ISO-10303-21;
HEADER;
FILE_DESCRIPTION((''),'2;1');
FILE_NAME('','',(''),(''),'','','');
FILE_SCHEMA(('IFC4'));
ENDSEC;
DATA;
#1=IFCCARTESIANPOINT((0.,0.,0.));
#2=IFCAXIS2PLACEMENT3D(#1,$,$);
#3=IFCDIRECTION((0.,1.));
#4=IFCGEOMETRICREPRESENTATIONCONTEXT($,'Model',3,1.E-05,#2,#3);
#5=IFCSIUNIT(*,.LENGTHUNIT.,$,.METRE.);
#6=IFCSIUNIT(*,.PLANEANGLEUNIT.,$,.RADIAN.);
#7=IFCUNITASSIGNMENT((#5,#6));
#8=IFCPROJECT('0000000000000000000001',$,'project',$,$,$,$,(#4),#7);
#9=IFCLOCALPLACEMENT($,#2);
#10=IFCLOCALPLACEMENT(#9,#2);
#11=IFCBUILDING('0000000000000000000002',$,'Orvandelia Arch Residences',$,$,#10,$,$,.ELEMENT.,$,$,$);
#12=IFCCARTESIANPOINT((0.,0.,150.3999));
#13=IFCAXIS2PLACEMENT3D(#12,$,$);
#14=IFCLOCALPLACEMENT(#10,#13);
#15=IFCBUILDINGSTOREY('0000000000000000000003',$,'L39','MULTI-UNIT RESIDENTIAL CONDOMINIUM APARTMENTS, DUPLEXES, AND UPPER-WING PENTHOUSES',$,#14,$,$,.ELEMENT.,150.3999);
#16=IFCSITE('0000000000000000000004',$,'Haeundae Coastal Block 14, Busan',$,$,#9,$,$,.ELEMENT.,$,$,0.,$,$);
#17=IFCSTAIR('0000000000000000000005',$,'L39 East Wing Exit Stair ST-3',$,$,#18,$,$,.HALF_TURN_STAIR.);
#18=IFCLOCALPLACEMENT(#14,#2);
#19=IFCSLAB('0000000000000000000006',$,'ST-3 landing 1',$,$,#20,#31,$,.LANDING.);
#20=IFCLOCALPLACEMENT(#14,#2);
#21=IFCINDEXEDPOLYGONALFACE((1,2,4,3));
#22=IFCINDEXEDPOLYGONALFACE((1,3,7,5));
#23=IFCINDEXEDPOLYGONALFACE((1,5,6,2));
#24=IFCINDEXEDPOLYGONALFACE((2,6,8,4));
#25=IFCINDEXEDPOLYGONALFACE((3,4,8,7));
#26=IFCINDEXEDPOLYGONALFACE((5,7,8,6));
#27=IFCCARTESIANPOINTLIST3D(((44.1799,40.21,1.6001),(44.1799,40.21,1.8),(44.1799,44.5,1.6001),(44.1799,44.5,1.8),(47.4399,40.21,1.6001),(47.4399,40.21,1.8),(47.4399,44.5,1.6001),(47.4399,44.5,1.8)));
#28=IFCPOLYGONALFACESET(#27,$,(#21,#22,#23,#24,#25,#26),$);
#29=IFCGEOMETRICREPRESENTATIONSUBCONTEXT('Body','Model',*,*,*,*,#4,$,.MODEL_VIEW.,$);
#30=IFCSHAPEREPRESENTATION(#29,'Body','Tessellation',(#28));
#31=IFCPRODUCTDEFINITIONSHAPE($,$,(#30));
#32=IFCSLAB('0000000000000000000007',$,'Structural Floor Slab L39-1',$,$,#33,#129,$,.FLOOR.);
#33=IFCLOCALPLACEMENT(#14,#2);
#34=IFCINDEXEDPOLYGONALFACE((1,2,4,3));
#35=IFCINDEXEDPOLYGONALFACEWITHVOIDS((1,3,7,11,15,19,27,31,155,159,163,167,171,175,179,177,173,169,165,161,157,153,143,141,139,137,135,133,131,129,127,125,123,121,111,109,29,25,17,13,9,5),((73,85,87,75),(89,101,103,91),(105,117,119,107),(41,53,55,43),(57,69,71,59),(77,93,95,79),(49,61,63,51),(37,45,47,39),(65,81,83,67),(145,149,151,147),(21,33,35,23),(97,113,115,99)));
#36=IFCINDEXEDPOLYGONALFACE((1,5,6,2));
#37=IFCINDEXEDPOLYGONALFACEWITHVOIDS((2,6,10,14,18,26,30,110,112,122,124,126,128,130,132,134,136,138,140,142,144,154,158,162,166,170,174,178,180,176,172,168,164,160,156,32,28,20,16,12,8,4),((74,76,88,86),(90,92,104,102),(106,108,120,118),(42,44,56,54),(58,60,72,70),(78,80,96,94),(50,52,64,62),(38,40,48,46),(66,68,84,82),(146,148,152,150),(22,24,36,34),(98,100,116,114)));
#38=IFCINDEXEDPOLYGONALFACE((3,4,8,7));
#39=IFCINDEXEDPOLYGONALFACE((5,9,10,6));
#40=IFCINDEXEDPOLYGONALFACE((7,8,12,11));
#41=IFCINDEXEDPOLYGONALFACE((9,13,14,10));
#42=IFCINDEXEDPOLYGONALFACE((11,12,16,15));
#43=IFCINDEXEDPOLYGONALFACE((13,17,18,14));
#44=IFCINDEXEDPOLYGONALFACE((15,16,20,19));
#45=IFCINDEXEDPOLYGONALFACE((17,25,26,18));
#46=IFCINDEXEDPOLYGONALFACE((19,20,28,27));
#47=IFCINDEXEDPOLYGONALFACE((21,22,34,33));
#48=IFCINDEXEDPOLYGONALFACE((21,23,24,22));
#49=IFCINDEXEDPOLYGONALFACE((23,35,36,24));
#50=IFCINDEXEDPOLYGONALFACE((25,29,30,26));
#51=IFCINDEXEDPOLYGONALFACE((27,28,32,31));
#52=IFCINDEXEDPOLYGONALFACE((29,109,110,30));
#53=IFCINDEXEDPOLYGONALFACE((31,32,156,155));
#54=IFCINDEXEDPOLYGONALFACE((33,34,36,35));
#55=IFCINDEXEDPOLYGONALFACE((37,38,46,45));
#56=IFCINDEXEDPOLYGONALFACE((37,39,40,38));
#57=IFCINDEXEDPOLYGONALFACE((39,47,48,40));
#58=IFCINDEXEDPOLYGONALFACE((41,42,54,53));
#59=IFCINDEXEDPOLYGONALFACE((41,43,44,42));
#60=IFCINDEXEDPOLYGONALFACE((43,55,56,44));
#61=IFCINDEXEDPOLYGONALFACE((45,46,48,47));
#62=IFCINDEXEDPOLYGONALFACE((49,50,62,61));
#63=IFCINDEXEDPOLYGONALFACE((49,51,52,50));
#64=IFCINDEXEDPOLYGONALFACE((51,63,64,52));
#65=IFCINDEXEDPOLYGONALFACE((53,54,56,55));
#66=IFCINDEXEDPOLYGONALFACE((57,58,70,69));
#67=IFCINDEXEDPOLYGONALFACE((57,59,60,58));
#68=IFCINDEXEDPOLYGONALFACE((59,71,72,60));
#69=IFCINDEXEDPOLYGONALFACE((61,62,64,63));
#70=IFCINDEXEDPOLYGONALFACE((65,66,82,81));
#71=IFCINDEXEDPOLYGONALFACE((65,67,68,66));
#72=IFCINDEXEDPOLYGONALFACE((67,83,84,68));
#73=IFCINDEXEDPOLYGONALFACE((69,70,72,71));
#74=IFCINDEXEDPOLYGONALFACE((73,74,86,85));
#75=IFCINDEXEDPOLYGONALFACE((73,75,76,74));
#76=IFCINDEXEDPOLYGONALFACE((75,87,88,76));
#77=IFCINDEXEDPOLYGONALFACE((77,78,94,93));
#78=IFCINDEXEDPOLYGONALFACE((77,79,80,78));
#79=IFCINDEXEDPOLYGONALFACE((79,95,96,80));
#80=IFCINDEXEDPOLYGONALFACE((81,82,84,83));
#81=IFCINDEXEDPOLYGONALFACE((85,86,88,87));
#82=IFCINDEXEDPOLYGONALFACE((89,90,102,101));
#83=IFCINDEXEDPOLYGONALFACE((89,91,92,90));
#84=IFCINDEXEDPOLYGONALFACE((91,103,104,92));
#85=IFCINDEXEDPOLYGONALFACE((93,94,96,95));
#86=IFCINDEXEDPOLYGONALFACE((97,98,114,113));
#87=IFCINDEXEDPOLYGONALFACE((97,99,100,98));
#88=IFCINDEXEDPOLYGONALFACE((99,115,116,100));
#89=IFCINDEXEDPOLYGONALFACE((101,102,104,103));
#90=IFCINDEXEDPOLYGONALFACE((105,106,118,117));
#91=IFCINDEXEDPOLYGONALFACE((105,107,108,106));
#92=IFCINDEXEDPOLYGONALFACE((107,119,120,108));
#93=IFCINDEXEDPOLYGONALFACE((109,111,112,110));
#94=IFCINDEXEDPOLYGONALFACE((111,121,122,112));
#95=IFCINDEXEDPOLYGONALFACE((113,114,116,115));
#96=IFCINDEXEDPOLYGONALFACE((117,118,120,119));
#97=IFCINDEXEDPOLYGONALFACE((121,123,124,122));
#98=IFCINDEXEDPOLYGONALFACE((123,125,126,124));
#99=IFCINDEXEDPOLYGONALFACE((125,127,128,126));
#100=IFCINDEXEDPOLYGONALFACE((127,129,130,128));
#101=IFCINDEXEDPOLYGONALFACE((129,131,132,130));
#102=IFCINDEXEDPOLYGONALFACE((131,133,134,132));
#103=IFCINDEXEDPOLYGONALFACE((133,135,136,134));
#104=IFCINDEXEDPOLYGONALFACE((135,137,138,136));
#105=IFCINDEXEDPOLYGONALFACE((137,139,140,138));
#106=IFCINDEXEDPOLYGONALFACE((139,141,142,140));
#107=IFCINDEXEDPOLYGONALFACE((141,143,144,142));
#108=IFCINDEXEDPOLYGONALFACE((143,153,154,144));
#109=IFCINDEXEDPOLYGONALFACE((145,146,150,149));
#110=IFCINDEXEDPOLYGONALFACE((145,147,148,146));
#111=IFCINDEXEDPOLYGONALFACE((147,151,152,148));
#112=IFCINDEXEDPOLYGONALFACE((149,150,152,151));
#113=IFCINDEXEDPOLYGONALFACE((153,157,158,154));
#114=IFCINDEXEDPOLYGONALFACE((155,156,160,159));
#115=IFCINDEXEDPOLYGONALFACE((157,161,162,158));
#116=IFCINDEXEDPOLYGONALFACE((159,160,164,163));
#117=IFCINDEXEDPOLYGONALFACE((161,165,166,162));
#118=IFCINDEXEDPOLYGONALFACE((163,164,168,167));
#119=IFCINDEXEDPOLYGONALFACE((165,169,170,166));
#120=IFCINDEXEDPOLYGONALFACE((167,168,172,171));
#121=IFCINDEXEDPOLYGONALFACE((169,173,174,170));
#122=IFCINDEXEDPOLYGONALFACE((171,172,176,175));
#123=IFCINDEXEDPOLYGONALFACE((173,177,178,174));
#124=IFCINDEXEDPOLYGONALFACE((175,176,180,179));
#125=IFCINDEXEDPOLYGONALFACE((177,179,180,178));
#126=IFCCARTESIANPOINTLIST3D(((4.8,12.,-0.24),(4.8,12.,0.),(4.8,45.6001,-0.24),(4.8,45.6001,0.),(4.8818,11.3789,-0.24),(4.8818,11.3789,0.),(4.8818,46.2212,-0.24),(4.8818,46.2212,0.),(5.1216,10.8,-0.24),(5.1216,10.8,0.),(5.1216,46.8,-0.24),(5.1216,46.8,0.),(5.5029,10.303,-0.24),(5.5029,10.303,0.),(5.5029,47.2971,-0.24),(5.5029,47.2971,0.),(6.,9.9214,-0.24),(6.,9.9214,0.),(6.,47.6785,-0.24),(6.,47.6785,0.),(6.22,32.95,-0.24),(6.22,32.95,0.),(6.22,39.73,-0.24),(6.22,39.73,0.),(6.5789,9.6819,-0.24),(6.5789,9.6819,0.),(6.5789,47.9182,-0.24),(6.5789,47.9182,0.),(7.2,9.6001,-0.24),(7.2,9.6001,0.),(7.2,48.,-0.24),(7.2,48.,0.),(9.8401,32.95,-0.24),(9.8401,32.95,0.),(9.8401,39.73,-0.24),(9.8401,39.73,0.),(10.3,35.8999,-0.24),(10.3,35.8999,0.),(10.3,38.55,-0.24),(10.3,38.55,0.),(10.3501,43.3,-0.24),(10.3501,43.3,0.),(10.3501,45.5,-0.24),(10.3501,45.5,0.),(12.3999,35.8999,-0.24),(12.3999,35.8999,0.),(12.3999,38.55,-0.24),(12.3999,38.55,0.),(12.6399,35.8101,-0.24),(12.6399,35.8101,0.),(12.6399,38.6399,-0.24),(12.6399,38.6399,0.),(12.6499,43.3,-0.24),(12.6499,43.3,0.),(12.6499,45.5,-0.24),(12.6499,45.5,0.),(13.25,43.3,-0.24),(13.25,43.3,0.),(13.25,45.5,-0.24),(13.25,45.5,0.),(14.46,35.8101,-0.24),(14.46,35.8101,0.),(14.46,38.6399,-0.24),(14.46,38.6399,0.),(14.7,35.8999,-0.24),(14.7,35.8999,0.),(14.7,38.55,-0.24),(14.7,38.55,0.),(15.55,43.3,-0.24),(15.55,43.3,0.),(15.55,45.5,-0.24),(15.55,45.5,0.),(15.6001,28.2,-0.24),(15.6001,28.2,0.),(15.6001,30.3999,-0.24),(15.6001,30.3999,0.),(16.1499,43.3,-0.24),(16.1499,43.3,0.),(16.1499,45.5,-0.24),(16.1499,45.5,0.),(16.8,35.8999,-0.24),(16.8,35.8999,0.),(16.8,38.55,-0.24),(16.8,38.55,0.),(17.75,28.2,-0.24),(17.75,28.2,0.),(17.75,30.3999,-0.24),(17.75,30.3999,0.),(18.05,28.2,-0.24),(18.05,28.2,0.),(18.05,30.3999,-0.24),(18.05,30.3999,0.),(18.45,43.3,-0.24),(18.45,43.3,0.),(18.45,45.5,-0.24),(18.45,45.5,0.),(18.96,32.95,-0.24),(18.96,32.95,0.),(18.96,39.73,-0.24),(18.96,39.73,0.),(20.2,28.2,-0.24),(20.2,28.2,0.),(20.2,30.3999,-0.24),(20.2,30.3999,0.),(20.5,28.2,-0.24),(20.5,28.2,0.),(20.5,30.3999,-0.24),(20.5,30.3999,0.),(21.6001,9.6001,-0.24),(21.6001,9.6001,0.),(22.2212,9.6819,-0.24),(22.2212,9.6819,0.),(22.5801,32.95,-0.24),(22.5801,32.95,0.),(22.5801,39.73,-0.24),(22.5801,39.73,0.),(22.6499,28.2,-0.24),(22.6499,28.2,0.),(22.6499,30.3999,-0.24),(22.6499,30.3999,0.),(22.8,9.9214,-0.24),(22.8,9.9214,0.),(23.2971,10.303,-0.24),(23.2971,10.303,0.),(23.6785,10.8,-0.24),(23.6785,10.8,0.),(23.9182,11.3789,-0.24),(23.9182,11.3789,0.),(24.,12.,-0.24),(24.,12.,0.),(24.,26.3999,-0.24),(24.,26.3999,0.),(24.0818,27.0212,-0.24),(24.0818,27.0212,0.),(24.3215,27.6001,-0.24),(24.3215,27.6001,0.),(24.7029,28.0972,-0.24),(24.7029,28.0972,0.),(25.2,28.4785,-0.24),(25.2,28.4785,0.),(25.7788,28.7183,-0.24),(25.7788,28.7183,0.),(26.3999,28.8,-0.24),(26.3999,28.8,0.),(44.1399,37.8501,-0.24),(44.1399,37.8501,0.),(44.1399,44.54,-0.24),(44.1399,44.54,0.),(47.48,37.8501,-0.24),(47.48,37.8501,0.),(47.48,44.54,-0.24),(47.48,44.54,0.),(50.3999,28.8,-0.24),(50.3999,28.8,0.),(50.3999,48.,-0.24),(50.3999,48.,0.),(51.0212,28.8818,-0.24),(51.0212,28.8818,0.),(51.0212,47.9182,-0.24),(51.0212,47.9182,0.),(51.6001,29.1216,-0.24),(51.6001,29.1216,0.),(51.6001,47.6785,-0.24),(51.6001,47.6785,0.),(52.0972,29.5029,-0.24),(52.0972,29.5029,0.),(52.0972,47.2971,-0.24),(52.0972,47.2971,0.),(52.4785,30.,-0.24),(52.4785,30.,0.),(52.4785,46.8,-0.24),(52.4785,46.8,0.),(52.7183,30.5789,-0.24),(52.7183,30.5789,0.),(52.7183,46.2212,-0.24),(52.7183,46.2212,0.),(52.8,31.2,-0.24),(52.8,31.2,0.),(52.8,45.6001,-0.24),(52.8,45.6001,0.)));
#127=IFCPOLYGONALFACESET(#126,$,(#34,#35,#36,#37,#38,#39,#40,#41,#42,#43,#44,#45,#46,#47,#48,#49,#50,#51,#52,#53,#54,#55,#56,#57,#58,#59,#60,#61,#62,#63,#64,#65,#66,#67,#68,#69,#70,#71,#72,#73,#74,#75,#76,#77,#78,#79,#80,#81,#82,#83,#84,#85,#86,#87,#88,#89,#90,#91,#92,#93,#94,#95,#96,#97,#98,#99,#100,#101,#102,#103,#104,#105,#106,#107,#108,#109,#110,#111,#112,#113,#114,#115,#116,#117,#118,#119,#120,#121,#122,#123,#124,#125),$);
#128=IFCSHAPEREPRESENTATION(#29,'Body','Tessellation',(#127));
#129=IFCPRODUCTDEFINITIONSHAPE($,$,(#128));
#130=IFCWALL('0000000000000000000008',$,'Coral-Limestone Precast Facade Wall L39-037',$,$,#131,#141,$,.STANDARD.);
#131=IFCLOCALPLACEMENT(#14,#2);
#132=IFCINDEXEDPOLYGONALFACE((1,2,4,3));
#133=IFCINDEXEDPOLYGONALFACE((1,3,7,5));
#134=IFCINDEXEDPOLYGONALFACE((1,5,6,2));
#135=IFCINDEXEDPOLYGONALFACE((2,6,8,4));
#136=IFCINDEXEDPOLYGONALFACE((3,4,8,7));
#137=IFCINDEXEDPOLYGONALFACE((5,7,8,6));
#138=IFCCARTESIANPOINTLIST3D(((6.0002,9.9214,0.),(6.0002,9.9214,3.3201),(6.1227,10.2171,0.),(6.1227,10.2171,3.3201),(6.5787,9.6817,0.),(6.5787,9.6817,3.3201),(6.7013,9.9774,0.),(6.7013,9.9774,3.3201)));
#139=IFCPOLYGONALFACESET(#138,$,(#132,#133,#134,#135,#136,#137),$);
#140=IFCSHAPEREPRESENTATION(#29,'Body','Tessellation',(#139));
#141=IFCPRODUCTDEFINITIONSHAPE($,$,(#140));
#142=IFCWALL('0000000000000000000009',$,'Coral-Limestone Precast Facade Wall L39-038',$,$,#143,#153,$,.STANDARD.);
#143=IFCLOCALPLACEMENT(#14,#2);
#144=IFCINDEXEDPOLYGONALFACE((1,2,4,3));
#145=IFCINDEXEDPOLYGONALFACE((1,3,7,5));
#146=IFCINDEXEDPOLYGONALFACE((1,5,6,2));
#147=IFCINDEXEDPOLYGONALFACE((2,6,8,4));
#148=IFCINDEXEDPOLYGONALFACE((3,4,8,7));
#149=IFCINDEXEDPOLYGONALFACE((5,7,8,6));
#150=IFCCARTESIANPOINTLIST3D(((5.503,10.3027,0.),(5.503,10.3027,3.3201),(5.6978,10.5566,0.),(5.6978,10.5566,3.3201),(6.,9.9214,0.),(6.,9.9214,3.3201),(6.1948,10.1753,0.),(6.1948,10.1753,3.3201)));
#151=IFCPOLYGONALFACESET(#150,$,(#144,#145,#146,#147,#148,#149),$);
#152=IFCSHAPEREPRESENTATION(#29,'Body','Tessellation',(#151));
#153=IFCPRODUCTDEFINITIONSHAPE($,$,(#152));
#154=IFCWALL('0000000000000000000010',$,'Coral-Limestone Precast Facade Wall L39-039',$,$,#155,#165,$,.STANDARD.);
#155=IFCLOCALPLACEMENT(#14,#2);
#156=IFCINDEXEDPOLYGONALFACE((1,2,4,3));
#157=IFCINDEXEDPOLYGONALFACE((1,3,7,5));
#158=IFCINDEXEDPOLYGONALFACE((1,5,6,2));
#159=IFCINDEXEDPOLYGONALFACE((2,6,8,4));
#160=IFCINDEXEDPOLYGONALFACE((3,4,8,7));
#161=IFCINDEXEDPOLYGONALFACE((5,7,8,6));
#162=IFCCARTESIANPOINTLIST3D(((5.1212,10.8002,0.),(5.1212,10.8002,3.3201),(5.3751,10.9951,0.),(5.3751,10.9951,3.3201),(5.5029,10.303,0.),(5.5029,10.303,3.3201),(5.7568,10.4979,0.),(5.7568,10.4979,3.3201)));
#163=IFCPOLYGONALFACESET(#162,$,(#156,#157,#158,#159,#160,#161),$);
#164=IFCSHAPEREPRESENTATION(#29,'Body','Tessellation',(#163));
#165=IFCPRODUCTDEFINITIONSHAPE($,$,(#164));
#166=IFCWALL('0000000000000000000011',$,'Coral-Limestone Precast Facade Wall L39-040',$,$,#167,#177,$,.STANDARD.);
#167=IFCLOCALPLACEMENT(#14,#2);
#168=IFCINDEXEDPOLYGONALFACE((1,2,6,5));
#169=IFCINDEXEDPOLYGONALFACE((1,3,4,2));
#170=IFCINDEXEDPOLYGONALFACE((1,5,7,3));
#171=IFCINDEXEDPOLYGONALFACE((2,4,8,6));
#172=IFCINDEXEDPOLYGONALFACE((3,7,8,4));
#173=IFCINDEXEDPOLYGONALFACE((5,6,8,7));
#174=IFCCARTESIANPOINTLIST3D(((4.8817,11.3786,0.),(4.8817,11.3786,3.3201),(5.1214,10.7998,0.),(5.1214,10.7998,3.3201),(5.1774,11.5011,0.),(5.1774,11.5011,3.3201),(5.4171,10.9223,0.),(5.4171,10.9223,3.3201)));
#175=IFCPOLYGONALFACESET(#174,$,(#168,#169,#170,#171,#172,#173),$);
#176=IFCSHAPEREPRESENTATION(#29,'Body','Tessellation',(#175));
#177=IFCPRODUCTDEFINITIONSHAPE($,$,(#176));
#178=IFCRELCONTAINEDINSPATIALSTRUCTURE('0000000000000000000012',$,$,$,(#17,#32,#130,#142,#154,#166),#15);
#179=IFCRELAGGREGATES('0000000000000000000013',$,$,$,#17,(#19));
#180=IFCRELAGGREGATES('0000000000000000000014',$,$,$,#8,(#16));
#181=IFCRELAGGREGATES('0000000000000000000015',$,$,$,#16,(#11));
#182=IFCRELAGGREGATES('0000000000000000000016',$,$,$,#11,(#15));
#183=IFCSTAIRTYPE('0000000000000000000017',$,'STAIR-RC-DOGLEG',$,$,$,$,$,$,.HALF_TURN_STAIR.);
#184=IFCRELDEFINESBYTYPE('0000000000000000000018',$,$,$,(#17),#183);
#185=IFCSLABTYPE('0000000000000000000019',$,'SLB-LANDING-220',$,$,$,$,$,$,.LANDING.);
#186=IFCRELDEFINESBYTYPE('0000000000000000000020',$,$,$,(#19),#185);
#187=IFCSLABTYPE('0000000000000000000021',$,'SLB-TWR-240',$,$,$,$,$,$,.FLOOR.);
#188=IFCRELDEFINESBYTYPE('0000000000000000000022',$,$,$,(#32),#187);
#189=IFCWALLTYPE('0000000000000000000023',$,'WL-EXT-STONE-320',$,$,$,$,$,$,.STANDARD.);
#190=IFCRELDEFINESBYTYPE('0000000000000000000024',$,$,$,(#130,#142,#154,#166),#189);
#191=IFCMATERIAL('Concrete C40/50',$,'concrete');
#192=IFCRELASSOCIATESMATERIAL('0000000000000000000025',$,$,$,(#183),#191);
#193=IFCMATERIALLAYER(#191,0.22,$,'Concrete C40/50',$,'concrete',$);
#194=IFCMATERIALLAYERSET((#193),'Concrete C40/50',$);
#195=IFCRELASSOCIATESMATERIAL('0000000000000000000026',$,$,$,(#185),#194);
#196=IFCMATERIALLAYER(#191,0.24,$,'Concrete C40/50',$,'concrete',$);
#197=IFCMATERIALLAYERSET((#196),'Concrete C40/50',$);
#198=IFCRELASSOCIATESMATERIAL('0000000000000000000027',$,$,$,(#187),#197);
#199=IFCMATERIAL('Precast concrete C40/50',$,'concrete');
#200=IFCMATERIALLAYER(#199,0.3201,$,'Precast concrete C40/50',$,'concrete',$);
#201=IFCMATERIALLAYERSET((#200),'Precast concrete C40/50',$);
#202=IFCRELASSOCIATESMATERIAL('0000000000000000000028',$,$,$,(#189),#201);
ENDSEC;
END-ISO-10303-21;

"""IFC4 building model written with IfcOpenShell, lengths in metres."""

from ifc_helpers import new_model, si_unit, direction, frame, frame_2d, origin, place, context, subcontext, project, spatial, polyline, rectangle, outline, extrude, material, layer, layer_set, type_object, element, aggregate, save


model = new_model("IFC4")

# Units and contexts
model_context = context("Model", 3, precision=1e-05, world=origin(), true_north=direction((0.0, 1.0)))
body_context = subcontext(model_context, "Body", "Model", "MODEL_VIEW")
ifc_project = project(units=[si_unit("LENGTHUNIT", "METRE"), si_unit("PLANEANGLEUNIT", "RADIAN")], contexts=[model_context])

# Site, building, storey
site_placement = place(None, origin())
site = spatial("IfcSite", under=ifc_project, at=site_placement, Name="Haeundae Coastal Block 14, Busan", CompositionType="ELEMENT", RefElevation=0.0)
building_placement = place(site_placement, origin())
building = spatial("IfcBuilding", under=site, at=building_placement, Name="Orvandelia Arch Residences", CompositionType="ELEMENT")
storey_placement = place(building_placement, frame((0.0, 0.0, 150.3999)))
storey = spatial("IfcBuildingStorey", under=building, at=storey_placement, Name="L39", Description="MULTI-UNIT RESIDENTIAL CONDOMINIUM APARTMENTS, DUPLEXES, AND UPPER-WING PENTHOUSES", CompositionType="ELEMENT", Elevation=150.3999)

# Shared definitions
ifc_material_1 = material(Name="Precast concrete C40/50", Category="concrete")

# Stair, slab
ifc_material_2 = material(Name="Concrete C40/50", Category="concrete")
stair_type = type_object("IfcStairType", Name="STAIR-RC-DOGLEG", PredefinedType="HALF_TURN_STAIR", material=ifc_material_2)
ifc_layer_1 = layer(ifc_material_2, 0.22, Name="Concrete C40/50", Category="concrete")
ifc_layer_set_1 = layer_set([ifc_layer_1], Name="Concrete C40/50")
slab_type_1 = type_object("IfcSlabType", Name="SLB-LANDING-220", PredefinedType="LANDING", material=ifc_layer_set_1)
stair_1_placement = place(storey_placement, origin())
stair_1 = element("IfcStair", 1, at=stair_1_placement, inside=storey, type_object=stair_type, Name="L39 East Wing Exit Stair ST-3", PredefinedType="HALF_TURN_STAIR")
slab_1_placement = place(storey_placement, frame((0.0, 0.0, 1.6001)))
slab_1 = element("IfcSlab", 2, at=slab_1_placement, type_object=slab_type_1, Name="ST-3 landing 1", PredefinedType="LANDING", context=body_context, shape_type="SweptSolid", body=[
    extrude(outline(polyline([(47.4399, 40.21), (47.4399, 44.5), (44.1799, 44.5), (44.1799, 40.21), (47.4399, 40.21)])), origin(), (0.0, 0.0, 1.0), 0.2),
])
aggregate(stair_1, [slab_1])

# Slab
ifc_layer_2 = layer(ifc_material_2, 0.24, Name="Concrete C40/50", Category="concrete")
ifc_layer_set_2 = layer_set([ifc_layer_2], Name="Concrete C40/50")
slab_type_2 = type_object("IfcSlabType", Name="SLB-TWR-240", PredefinedType="FLOOR", material=ifc_layer_set_2)
slab_2_placement = place(storey_placement, frame((0.0, 0.0, -0.24)))
element("IfcSlab", 3, at=slab_2_placement, inside=storey, type_object=slab_type_2, Name="Structural Floor Slab L39-1", PredefinedType="FLOOR", context=body_context, shape_type="SweptSolid", body=[
    extrude(outline(polyline([(4.8, 12.0), (4.8818, 11.3789), (5.1216, 10.8), (5.5029, 10.303), (6.0, 9.9214), (6.5789, 9.6819), (7.2, 9.6001), (21.6001, 9.6001), (22.2212, 9.6819), (22.8, 9.9214), (23.2971, 10.303), (23.6785, 10.8), (23.9182, 11.3789), (24.0, 12.0), (24.0, 26.3999), (24.0818, 27.0212), (24.3215, 27.6001), (24.7029, 28.0972), (25.2, 28.4785), (25.7788, 28.7183), (26.3999, 28.8), (50.3999, 28.8), (51.0212, 28.8818), (51.6001, 29.1216), (52.0972, 29.5029), (52.4785, 30.0), (52.7183, 30.5789), (52.8, 31.2), (52.8, 45.6001), (52.7183, 46.2212), (52.4785, 46.8), (52.0972, 47.2971), (51.6001, 47.6785), (51.0212, 47.9182), (50.3999, 48.0), (7.2, 48.0), (6.5789, 47.9182), (6.0, 47.6785), (5.5029, 47.2971), (5.1216, 46.8), (4.8818, 46.2212), (4.8, 45.6001), (4.8, 12.0)]), holes=[polyline([(6.22, 32.95), (9.8401, 32.95), (9.8401, 39.73), (6.22, 39.73), (6.22, 32.95)]), polyline([(18.96, 32.95), (22.5801, 32.95), (22.5801, 39.73), (18.96, 39.73), (18.96, 32.95)]), polyline([(44.1399, 37.8501), (47.48, 37.8501), (47.48, 44.54), (44.1399, 44.54), (44.1399, 37.8501)]), polyline([(12.6399, 35.8101), (14.46, 35.8101), (14.46, 38.6399), (12.6399, 38.6399), (12.6399, 35.8101)]), polyline([(10.3, 35.8999), (12.3999, 35.8999), (12.3999, 38.55), (10.3, 38.55), (10.3, 35.8999)]), polyline([(14.7, 35.8999), (16.8, 35.8999), (16.8, 38.55), (14.7, 38.55), (14.7, 35.8999)]), polyline([(10.3501, 43.3), (12.6499, 43.3), (12.6499, 45.5), (10.3501, 45.5), (10.3501, 43.3)]), polyline([(13.25, 43.3), (15.55, 43.3), (15.55, 45.5), (13.25, 45.5), (13.25, 43.3)]), polyline([(16.1499, 43.3), (18.45, 43.3), (18.45, 45.5), (16.1499, 45.5), (16.1499, 43.3)]), polyline([(15.6001, 28.2), (17.75, 28.2), (17.75, 30.3999), (15.6001, 30.3999), (15.6001, 28.2)]), polyline([(18.05, 28.2), (20.2, 28.2), (20.2, 30.3999), (18.05, 30.3999), (18.05, 28.2)]), polyline([(20.5, 28.2), (22.6499, 28.2), (22.6499, 30.3999), (20.5, 30.3999), (20.5, 28.2)])]), origin(), (0.0, 0.0, 1.0), 0.24),
])

# Walls
ifc_layer_3 = layer(ifc_material_1, 0.3201, Name="Precast concrete C40/50", Category="concrete")
ifc_layer_set_3 = layer_set([ifc_layer_3], Name="Precast concrete C40/50")
wall_type = type_object("IfcWallType", Name="WL-EXT-STONE-320", PredefinedType="STANDARD", material=ifc_layer_set_3)
wall_1_placement = place(storey_placement, frame((6.6399, 9.8296, 0.0), z_axis=(0.0, 0.0, 1.0), x_axis=(-0.923836, 0.382788, 0.0)))
element("IfcWall", 4, at=wall_1_placement, inside=storey, type_object=wall_type, Name="Coral-Limestone Precast Facade Wall L39-037", PredefinedType="STANDARD", context=body_context, shape_type="SweptSolid", body=[
    extrude(rectangle(XDim=0.6262, YDim=0.3201, at=frame_2d((0.313, 0.0))), origin(), (0.0, 0.0, 1.0), 3.3201),
])
wall_2_placement = place(storey_placement, frame((6.0974, 10.0483, 0.0), z_axis=(0.0, 0.0, 1.0), x_axis=(-0.793406, 0.608693, 0.0)))
element("IfcWall", 5, at=wall_2_placement, inside=storey, type_object=wall_type, Name="Coral-Limestone Precast Facade Wall L39-038", PredefinedType="STANDARD", context=body_context, shape_type="SweptSolid", body=[
    extrude(rectangle(XDim=0.6265, YDim=0.3201, at=frame_2d((0.3132, 0.0))), origin(), (0.0, 0.0, 1.0), 3.3201),
])
wall_3_placement = place(storey_placement, frame((5.6299, 10.4004, 0.0), z_axis=(0.0, 0.0, 1.0), x_axis=(-0.608939, 0.793217, 0.0)))
element("IfcWall", 6, at=wall_3_placement, inside=storey, type_object=wall_type, Name="Coral-Limestone Precast Facade Wall L39-039", PredefinedType="STANDARD", context=body_context, shape_type="SweptSolid", body=[
    extrude(rectangle(XDim=0.6267, YDim=0.3201, at=frame_2d((0.3135, 0.0))), origin(), (0.0, 0.0, 1.0), 3.3201),
])
wall_4_placement = place(storey_placement, frame((5.2693, 10.8611, 0.0), z_axis=(0.0, 0.0, 1.0), x_axis=(-0.38265, 0.923893, 0.0)))
element("IfcWall", 7, at=wall_4_placement, inside=storey, type_object=wall_type, Name="Coral-Limestone Precast Facade Wall L39-040", PredefinedType="STANDARD", context=body_context, shape_type="SweptSolid", body=[
    extrude(rectangle(XDim=0.6265, YDim=0.3201, at=frame_2d((0.3132, 0.0))), origin(), (0.0, 0.0, 1.0), 3.3201),
])

save(model, "model.ifc")
